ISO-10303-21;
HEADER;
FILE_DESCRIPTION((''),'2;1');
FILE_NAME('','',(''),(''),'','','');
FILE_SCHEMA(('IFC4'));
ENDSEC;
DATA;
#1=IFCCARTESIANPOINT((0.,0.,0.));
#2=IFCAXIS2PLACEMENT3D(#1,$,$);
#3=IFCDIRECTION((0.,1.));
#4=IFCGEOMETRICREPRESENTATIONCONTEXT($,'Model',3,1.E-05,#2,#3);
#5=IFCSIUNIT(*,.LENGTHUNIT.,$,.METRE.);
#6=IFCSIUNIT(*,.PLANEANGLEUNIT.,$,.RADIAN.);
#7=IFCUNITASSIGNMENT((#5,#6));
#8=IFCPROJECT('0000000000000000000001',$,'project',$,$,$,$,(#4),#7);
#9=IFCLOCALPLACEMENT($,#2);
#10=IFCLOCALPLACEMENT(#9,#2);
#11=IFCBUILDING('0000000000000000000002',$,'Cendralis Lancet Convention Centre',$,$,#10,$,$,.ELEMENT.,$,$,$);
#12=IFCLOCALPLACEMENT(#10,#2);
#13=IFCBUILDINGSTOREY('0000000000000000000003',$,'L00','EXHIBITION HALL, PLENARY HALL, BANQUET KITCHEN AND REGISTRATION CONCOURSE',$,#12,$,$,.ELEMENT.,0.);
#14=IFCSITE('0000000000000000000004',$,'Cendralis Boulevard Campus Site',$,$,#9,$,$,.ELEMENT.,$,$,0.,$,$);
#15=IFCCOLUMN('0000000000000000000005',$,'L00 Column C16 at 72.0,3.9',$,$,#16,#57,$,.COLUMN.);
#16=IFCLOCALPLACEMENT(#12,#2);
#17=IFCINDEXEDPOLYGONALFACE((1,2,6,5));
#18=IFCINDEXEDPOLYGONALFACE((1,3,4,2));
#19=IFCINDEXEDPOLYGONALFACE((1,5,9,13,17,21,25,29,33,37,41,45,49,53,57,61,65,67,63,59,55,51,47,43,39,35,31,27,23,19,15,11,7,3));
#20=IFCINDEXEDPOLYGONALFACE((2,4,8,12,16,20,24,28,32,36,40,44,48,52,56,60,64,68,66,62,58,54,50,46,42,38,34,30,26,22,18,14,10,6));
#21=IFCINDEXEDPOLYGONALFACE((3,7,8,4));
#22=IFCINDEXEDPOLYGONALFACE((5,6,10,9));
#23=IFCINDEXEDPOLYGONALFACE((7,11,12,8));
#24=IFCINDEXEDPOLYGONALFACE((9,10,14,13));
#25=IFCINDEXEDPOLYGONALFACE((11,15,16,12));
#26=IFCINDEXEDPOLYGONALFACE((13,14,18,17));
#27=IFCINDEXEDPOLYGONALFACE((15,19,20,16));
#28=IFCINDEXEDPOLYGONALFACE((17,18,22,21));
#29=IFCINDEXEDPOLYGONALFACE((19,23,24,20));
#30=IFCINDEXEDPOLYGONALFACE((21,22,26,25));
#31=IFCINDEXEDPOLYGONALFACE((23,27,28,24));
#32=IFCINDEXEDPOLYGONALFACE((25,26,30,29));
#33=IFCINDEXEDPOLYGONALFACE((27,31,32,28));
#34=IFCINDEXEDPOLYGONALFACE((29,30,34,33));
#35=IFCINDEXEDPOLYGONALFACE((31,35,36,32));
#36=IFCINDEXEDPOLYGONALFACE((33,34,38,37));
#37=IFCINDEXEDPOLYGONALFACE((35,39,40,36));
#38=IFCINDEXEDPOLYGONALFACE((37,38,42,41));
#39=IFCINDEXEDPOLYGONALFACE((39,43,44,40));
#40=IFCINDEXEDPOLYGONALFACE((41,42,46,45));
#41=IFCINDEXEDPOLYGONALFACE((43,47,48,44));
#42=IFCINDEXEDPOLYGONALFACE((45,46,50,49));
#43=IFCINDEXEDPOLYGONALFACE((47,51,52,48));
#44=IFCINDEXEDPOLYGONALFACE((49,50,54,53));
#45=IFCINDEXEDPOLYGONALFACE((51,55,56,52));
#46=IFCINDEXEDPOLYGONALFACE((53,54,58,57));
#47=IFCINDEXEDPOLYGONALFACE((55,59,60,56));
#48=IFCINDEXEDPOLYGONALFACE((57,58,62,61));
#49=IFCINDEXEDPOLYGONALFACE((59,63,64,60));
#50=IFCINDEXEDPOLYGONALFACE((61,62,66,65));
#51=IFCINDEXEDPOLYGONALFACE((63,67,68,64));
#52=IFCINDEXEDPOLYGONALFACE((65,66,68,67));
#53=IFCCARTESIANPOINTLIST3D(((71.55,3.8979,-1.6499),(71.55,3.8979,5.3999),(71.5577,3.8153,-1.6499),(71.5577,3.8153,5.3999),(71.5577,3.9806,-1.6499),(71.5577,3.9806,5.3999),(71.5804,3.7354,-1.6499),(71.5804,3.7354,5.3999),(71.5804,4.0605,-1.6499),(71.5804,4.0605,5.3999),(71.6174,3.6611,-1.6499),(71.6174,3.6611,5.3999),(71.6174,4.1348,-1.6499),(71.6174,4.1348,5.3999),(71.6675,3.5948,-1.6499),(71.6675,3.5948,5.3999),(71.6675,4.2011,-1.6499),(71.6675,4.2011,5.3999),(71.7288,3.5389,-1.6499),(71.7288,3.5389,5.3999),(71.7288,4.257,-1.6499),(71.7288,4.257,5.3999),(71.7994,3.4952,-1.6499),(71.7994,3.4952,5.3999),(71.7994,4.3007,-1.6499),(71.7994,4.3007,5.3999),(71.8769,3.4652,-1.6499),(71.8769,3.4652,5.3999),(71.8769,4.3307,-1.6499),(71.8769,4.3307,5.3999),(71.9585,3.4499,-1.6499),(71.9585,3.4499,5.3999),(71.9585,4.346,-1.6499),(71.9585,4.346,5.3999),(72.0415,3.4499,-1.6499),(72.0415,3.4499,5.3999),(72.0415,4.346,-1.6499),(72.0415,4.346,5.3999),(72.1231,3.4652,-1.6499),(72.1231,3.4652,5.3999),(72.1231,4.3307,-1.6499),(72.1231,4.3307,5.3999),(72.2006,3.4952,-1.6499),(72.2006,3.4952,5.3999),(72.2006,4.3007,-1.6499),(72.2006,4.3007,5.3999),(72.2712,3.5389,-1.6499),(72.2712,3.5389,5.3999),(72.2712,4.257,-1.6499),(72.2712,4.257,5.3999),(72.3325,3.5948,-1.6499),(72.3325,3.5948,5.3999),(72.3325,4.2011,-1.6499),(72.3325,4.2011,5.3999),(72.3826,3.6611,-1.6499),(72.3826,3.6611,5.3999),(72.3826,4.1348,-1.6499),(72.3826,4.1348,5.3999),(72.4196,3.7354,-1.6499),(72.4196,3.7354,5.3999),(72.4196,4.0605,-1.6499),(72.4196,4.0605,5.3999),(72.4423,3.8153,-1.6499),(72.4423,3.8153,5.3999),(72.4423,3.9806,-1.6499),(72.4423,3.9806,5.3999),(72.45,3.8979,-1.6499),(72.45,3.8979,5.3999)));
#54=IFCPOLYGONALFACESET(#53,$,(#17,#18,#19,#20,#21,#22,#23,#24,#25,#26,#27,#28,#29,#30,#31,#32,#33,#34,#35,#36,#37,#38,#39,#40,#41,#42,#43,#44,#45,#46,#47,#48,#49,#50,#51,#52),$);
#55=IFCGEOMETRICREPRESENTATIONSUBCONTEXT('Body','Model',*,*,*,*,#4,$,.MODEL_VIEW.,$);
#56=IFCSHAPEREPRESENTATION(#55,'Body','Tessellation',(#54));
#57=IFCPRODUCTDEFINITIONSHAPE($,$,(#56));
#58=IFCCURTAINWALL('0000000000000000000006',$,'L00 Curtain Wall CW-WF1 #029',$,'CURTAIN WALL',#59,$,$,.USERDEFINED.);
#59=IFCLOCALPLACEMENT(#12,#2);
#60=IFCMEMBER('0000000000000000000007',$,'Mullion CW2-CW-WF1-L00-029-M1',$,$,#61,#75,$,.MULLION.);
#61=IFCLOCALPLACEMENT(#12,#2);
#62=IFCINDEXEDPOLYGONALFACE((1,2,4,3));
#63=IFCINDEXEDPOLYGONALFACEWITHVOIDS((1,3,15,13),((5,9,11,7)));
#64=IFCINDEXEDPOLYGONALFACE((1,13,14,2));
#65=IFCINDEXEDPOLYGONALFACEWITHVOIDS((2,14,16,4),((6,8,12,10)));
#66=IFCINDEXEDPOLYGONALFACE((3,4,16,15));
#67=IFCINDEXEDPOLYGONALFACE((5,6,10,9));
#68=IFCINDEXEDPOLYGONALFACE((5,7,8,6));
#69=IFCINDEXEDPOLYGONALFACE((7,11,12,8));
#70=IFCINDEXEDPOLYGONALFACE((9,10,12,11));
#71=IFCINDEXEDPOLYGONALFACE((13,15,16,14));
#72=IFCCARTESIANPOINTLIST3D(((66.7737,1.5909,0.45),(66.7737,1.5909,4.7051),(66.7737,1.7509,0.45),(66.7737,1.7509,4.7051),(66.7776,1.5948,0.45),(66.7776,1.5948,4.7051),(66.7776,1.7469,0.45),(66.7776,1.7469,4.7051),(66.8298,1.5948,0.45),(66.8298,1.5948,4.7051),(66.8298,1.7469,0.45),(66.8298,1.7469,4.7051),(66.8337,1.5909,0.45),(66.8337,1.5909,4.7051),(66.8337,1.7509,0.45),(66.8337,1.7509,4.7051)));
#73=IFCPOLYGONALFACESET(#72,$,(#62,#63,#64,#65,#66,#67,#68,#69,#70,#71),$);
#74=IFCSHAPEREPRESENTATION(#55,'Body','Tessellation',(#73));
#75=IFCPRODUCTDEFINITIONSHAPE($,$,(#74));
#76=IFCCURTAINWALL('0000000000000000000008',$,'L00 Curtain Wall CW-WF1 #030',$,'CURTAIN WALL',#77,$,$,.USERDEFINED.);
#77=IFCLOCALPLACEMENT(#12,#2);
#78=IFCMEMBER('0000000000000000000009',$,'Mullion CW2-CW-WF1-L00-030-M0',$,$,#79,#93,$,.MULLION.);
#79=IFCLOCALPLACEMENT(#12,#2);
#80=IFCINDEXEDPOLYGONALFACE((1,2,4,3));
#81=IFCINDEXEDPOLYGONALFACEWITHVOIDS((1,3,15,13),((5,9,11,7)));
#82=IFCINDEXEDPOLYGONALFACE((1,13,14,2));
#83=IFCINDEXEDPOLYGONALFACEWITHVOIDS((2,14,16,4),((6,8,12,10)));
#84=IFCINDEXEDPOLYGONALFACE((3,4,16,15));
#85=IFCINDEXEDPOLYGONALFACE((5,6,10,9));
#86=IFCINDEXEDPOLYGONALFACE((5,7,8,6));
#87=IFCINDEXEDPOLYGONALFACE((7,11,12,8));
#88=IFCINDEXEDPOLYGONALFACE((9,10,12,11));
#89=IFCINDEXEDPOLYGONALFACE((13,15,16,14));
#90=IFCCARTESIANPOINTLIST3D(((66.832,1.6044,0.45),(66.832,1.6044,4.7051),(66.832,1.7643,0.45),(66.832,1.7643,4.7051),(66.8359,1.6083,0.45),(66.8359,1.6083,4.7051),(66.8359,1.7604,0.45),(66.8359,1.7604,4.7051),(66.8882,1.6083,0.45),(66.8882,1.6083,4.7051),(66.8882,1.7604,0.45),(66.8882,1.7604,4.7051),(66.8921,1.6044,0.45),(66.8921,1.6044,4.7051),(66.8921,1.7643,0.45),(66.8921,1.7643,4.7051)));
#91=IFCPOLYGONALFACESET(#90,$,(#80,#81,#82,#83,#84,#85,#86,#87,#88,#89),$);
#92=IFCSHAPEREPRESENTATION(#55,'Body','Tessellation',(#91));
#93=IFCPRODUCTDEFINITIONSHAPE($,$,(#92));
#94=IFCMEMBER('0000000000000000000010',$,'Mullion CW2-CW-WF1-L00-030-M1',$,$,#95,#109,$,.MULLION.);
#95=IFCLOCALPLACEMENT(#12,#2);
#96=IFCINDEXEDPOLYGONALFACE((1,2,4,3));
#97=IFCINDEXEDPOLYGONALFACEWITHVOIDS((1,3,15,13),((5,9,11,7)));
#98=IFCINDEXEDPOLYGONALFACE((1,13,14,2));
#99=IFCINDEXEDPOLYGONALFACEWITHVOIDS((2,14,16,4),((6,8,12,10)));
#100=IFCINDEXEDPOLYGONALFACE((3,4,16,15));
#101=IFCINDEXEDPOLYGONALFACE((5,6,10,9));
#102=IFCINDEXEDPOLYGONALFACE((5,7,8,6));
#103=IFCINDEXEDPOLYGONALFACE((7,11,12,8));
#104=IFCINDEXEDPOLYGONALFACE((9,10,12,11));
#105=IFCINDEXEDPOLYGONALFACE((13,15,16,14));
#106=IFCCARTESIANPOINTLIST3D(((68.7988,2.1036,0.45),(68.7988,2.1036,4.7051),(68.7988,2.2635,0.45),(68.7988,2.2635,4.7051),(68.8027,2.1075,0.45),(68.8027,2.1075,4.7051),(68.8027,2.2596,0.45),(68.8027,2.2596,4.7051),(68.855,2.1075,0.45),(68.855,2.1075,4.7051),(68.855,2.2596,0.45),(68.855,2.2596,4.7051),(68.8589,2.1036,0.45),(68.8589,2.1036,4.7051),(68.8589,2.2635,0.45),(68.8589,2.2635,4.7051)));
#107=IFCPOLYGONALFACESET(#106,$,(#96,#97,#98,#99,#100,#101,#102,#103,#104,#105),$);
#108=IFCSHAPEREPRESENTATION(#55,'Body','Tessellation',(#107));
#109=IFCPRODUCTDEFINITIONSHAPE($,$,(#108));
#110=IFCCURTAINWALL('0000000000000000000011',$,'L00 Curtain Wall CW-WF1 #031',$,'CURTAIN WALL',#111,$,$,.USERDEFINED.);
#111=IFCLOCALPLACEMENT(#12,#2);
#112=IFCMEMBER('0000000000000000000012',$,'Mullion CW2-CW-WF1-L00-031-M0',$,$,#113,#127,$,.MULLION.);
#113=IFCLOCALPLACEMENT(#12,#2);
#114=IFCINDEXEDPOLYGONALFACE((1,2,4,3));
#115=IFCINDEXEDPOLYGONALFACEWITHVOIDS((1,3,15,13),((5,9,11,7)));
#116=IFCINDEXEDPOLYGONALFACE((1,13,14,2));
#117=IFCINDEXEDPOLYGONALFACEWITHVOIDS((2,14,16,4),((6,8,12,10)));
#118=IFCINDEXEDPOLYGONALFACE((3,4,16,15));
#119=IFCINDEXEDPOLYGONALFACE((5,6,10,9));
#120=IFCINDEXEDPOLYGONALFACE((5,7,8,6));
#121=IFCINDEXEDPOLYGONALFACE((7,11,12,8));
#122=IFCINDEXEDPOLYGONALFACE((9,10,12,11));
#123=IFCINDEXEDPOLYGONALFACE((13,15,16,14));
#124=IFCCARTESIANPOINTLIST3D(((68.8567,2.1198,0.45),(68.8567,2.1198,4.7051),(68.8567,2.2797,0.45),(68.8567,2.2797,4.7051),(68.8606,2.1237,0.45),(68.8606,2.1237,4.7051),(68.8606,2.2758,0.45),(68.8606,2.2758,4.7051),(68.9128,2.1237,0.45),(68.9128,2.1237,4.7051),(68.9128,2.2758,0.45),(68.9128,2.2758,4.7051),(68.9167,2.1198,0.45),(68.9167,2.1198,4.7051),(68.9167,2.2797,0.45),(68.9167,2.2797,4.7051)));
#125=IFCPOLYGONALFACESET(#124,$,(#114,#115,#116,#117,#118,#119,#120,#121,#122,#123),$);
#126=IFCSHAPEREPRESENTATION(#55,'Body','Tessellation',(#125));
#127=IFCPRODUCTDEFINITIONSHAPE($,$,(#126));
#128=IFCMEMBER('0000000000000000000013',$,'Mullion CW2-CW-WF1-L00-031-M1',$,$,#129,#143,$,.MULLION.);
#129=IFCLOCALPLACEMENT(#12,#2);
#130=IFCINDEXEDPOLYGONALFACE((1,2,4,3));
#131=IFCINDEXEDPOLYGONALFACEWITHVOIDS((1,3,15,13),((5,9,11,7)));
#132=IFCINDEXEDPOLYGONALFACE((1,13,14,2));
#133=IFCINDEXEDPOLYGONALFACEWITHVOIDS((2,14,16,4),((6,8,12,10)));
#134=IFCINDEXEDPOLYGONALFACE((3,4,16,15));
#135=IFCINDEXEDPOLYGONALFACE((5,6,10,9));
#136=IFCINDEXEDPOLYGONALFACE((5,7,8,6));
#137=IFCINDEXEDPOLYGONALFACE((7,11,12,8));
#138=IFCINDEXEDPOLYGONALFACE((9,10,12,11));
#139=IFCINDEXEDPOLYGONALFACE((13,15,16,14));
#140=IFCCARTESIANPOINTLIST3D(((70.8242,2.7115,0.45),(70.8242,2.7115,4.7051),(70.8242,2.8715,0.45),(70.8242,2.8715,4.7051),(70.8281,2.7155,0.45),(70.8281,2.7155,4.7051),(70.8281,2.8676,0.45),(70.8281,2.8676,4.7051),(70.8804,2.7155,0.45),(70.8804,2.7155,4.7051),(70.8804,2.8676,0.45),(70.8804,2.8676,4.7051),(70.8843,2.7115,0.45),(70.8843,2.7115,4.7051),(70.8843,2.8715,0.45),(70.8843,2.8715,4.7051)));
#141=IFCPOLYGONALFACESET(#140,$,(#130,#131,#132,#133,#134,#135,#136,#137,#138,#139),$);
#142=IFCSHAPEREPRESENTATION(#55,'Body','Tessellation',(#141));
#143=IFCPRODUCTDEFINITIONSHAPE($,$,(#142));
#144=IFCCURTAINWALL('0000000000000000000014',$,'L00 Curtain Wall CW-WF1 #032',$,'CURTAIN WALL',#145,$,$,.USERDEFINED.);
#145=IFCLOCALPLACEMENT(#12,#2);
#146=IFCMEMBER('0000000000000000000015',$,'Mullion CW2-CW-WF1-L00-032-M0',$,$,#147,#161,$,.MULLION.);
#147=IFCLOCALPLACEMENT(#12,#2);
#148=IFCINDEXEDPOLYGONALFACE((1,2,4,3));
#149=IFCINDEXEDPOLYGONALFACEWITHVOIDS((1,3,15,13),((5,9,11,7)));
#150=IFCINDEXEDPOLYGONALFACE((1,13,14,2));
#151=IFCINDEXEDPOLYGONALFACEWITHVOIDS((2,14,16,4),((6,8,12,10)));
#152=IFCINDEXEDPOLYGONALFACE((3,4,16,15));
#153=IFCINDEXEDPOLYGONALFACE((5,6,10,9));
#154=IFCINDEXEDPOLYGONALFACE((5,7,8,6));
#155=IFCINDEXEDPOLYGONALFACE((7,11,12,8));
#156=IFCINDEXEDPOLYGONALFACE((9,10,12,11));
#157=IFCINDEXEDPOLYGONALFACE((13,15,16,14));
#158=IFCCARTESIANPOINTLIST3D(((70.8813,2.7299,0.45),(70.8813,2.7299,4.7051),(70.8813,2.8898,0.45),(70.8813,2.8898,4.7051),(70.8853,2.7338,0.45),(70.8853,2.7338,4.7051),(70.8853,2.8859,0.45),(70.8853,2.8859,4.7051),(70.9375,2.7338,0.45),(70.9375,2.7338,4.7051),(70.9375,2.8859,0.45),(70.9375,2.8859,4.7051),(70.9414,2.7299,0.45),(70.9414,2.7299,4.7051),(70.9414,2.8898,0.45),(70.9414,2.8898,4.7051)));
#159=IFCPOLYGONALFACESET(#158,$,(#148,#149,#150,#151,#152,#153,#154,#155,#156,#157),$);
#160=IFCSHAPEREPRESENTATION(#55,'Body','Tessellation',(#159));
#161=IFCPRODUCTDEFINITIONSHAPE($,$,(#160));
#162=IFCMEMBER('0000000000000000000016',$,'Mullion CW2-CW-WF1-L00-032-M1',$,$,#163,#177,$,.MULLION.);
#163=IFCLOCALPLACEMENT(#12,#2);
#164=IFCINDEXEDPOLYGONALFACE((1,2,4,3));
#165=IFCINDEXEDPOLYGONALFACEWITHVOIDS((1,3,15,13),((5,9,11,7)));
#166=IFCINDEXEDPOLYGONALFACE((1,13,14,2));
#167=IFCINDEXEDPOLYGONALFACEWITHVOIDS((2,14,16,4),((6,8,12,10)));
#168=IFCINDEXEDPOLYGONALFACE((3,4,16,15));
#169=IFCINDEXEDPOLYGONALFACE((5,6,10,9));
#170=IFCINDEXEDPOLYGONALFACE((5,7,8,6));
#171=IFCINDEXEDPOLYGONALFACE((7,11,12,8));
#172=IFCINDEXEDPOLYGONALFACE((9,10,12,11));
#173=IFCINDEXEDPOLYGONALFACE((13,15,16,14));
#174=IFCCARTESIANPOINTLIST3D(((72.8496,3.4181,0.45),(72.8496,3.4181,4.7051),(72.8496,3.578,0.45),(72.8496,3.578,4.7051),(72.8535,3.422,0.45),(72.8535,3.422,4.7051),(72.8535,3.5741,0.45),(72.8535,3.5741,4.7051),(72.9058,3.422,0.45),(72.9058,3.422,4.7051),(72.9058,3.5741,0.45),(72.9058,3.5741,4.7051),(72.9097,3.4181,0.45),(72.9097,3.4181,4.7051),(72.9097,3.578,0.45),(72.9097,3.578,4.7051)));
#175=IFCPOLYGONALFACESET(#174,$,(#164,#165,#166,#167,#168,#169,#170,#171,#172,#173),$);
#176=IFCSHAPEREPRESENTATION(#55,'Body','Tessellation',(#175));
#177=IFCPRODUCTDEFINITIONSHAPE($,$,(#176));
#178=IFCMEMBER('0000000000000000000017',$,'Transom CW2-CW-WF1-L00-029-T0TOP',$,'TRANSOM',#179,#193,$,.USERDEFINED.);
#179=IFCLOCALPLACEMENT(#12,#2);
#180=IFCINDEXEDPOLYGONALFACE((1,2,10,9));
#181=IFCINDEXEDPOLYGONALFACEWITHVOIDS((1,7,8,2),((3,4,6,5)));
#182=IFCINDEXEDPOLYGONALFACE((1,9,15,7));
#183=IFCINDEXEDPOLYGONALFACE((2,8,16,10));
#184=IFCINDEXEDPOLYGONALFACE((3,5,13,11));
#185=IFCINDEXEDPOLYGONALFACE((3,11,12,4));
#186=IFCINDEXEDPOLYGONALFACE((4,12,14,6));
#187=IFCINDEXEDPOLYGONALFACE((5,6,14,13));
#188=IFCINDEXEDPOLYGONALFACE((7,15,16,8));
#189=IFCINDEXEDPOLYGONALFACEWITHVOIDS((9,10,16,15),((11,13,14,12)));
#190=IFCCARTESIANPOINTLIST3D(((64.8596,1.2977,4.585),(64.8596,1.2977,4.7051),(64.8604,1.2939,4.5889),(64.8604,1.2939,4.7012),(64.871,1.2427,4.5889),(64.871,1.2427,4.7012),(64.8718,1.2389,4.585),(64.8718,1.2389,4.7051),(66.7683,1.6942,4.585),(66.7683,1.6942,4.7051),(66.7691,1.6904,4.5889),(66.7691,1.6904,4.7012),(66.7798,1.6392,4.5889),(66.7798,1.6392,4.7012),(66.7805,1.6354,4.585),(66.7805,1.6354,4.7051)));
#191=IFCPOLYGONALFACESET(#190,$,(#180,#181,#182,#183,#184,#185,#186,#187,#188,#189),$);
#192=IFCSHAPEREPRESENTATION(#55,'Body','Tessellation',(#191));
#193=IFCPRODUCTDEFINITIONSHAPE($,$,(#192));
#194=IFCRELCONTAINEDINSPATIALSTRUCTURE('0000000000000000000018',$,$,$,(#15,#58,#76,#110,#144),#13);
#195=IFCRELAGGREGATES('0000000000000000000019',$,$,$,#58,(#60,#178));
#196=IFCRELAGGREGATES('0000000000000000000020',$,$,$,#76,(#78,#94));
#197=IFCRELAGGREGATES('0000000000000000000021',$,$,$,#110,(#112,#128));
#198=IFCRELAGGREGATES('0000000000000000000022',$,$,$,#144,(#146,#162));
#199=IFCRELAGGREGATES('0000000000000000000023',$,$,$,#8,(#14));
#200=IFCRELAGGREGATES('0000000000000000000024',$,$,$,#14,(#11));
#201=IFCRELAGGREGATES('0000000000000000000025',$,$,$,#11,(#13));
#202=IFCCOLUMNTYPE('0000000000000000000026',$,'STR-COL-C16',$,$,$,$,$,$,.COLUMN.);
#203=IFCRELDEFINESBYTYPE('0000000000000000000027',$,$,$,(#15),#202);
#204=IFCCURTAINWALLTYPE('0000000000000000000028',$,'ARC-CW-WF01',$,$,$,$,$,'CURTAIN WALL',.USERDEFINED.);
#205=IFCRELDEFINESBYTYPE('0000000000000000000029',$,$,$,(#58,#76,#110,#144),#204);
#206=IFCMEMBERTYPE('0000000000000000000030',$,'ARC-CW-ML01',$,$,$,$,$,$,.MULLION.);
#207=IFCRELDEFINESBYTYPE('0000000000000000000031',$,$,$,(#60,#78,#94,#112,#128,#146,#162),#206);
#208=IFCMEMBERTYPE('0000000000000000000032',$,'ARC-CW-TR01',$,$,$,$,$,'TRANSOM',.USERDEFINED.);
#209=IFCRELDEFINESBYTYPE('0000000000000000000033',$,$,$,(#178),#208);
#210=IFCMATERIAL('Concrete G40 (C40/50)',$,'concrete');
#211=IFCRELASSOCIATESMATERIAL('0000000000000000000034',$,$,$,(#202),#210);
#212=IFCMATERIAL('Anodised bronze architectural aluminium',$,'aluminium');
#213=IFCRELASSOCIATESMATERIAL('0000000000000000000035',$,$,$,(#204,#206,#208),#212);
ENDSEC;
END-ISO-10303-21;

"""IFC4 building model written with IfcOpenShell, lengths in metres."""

from ifc_helpers import new_model, si_unit, direction, frame, origin, origin_2d, place, context, subcontext, project, spatial, hollow_rectangle, circle, extrude, material, material_profile, profile_set, type_object, element, aggregate, save


model = new_model("IFC4")

# Units and contexts
model_context = context("Model", 3, precision=1e-05, world=origin(), true_north=direction((0.0, 1.0)))
body_context = subcontext(model_context, "Body", "Model", "MODEL_VIEW")
ifc_project = project(units=[si_unit("LENGTHUNIT", "METRE"), si_unit("PLANEANGLEUNIT", "RADIAN")], contexts=[model_context])

# Site, building, storey
site_placement = place(None, origin())
site = spatial("IfcSite", under=ifc_project, at=site_placement, Name="Cendralis Boulevard Campus Site", CompositionType="ELEMENT", RefElevation=0.0)
building_placement = place(site_placement, origin())
building = spatial("IfcBuilding", under=site, at=building_placement, Name="Cendralis Lancet Convention Centre", CompositionType="ELEMENT")
storey_placement = place(building_placement, origin())
storey = spatial("IfcBuildingStorey", under=building, at=storey_placement, Name="L00", Description="EXHIBITION HALL, PLENARY HALL, BANQUET KITCHEN AND REGISTRATION CONCOURSE", CompositionType="ELEMENT", Elevation=0.0)

# Column
ifc_material_1 = material(Name="Concrete G40 (C40/50)", Category="concrete")
ifc_material_profile_1 = material_profile(ifc_material_1, circle(Radius=0.45, at=origin_2d()), Name="RC D900")
ifc_profile_set_1 = profile_set([ifc_material_profile_1], Name="Concrete G40 (C40/50)")
column_type = type_object("IfcColumnType", Name="STR-COL-C16", PredefinedType="COLUMN", material=ifc_profile_set_1)
column_placement = place(storey_placement, frame((72.0, 3.8979, -1.6499), z_axis=(0.0, 0.0, 1.0), x_axis=(1.0, 0.0, 0.0)))
element("IfcColumn", 1, at=column_placement, inside=storey, type_object=column_type, Name="L00 Column C16 at 72.0,3.9", PredefinedType="COLUMN", context=body_context, shape_type="SweptSolid", body=[
    extrude(circle(Radius=0.45, at=origin_2d()), origin(), (0.0, 0.0, 1.0), 7.0498),
])

# Curtain wall, member
ifc_material_2 = material(Name="Anodised bronze architectural aluminium", Category="aluminium")
curtain_wall_type = type_object("IfcCurtainWallType", Name="ARC-CW-WF01", ElementType="CURTAIN WALL", PredefinedType="USERDEFINED", material=ifc_material_2)
curtain_wall_1_placement = place(storey_placement, origin())
curtain_wall_1 = element("IfcCurtainWall", 2, at=curtain_wall_1_placement, inside=storey, type_object=curtain_wall_type, Name="L00 Curtain Wall CW-WF1 #029", ObjectType="CURTAIN WALL", PredefinedType="USERDEFINED")
ifc_material_profile_2 = material_profile(ifc_material_2, hollow_rectangle(XDim=0.0601, YDim=0.1599, WallThickness=0.0039, at=origin_2d()), Name="AL-MULL 60x160x4.0")
ifc_profile_set_2 = profile_set([ifc_material_profile_2], Name="Anodised bronze architectural aluminium")
member_type_1 = type_object("IfcMemberType", Name="ARC-CW-ML01", PredefinedType="MULLION", material=ifc_profile_set_2)
member_1_placement = place(storey_placement, frame((66.8037, 1.6709, 0.45), z_axis=(0.0, 0.0, 1.0), x_axis=(1.0, 0.0, 0.0)))
member_1 = element("IfcMember", 3, at=member_1_placement, type_object=member_type_1, Name="Mullion CW2-CW-WF1-L00-029-M1", PredefinedType="MULLION", context=body_context, shape_type="SweptSolid", body=[
    extrude(hollow_rectangle(XDim=0.0601, YDim=0.1599, WallThickness=0.0039, at=origin_2d()), origin(), (0.0, 0.0, 1.0), 4.2551),
])

# Curtain walls, members
curtain_wall_2_placement = place(storey_placement, origin())
curtain_wall_2 = element("IfcCurtainWall", 4, at=curtain_wall_2_placement, inside=storey, type_object=curtain_wall_type, Name="L00 Curtain Wall CW-WF1 #030", ObjectType="CURTAIN WALL", PredefinedType="USERDEFINED")
member_2_placement = place(storey_placement, frame((66.8621, 1.6843, 0.45), z_axis=(0.0, 0.0, 1.0), x_axis=(1.0, 0.0, 0.0)))
member_2 = element("IfcMember", 5, at=member_2_placement, type_object=member_type_1, Name="Mullion CW2-CW-WF1-L00-030-M0", PredefinedType="MULLION", context=body_context, shape_type="SweptSolid", body=[
    extrude(hollow_rectangle(XDim=0.0601, YDim=0.1599, WallThickness=0.0039, at=origin_2d()), origin(), (0.0, 0.0, 1.0), 4.2551),
])
member_3_placement = place(storey_placement, frame((68.8289, 2.1836, 0.45), z_axis=(0.0, 0.0, 1.0), x_axis=(1.0, 0.0, 0.0)))
member_3 = element("IfcMember", 6, at=member_3_placement, type_object=member_type_1, Name="Mullion CW2-CW-WF1-L00-030-M1", PredefinedType="MULLION", context=body_context, shape_type="SweptSolid", body=[
    extrude(hollow_rectangle(XDim=0.0601, YDim=0.1599, WallThickness=0.0039, at=origin_2d()), origin(), (0.0, 0.0, 1.0), 4.2551),
])
curtain_wall_3_placement = place(storey_placement, origin())
curtain_wall_3 = element("IfcCurtainWall", 7, at=curtain_wall_3_placement, inside=storey, type_object=curtain_wall_type, Name="L00 Curtain Wall CW-WF1 #031", ObjectType="CURTAIN WALL", PredefinedType="USERDEFINED")
member_4_placement = place(storey_placement, frame((68.8867, 2.1997, 0.45), z_axis=(0.0, 0.0, 1.0), x_axis=(1.0, 0.0, 0.0)))
member_4 = element("IfcMember", 8, at=member_4_placement, type_object=member_type_1, Name="Mullion CW2-CW-WF1-L00-031-M0", PredefinedType="MULLION", context=body_context, shape_type="SweptSolid", body=[
    extrude(hollow_rectangle(XDim=0.0601, YDim=0.1599, WallThickness=0.0039, at=origin_2d()), origin(), (0.0, 0.0, 1.0), 4.2551),
])
member_5_placement = place(storey_placement, frame((70.8542, 2.7915, 0.45), z_axis=(0.0, 0.0, 1.0), x_axis=(1.0, 0.0, 0.0)))
member_5 = element("IfcMember", 9, at=member_5_placement, type_object=member_type_1, Name="Mullion CW2-CW-WF1-L00-031-M1", PredefinedType="MULLION", context=body_context, shape_type="SweptSolid", body=[
    extrude(hollow_rectangle(XDim=0.0601, YDim=0.1599, WallThickness=0.0039, at=origin_2d()), origin(), (0.0, 0.0, 1.0), 4.2551),
])
curtain_wall_4_placement = place(storey_placement, origin())
curtain_wall_4 = element("IfcCurtainWall", 10, at=curtain_wall_4_placement, inside=storey, type_object=curtain_wall_type, Name="L00 Curtain Wall CW-WF1 #032", ObjectType="CURTAIN WALL", PredefinedType="USERDEFINED")
member_6_placement = place(storey_placement, frame((70.9114, 2.8098, 0.45), z_axis=(0.0, 0.0, 1.0), x_axis=(1.0, 0.0, 0.0)))
member_6 = element("IfcMember", 11, at=member_6_placement, type_object=member_type_1, Name="Mullion CW2-CW-WF1-L00-032-M0", PredefinedType="MULLION", context=body_context, shape_type="SweptSolid", body=[
    extrude(hollow_rectangle(XDim=0.0601, YDim=0.1599, WallThickness=0.0039, at=origin_2d()), origin(), (0.0, 0.0, 1.0), 4.2551),
])
member_7_placement = place(storey_placement, frame((72.8796, 3.498, 0.45), z_axis=(0.0, 0.0, 1.0), x_axis=(1.0, 0.0, 0.0)))
member_7 = element("IfcMember", 12, at=member_7_placement, type_object=member_type_1, Name="Mullion CW2-CW-WF1-L00-032-M1", PredefinedType="MULLION", context=body_context, shape_type="SweptSolid", body=[
    extrude(hollow_rectangle(XDim=0.0601, YDim=0.1599, WallThickness=0.0039, at=origin_2d()), origin(), (0.0, 0.0, 1.0), 4.2551),
])

# Member
ifc_material_profile_3 = material_profile(ifc_material_2, hollow_rectangle(XDim=0.0601, YDim=0.1201, WallThickness=0.0039, at=origin_2d()), Name="AL-TRAN 60x120x4.0")
ifc_profile_set_3 = profile_set([ifc_material_profile_3], Name="Anodised bronze architectural aluminium")
member_type_2 = type_object("IfcMemberType", Name="ARC-CW-TR01", ElementType="TRANSOM", PredefinedType="USERDEFINED", material=ifc_profile_set_3)
member_8_placement = place(storey_placement, frame((64.8657, 1.2683, 4.645), z_axis=(0.979099, 0.203384, 0.0), x_axis=(-0.203384, 0.979099, 0.0)))
member_8 = element("IfcMember", 13, at=member_8_placement, type_object=member_type_2, Name="Transom CW2-CW-WF1-L00-029-T0TOP", ObjectType="TRANSOM", PredefinedType="USERDEFINED", context=body_context, shape_type="SweptSolid", body=[
    extrude(hollow_rectangle(XDim=0.0601, YDim=0.1201, WallThickness=0.0039, at=origin_2d()), origin(), (0.0, 0.0, 1.0), 1.9495),
])

aggregate(curtain_wall_1, [member_1, member_8])
aggregate(curtain_wall_2, [member_2, member_3])
aggregate(curtain_wall_3, [member_4, member_5])
aggregate(curtain_wall_4, [member_6, member_7])

save(model, "model.ifc")
